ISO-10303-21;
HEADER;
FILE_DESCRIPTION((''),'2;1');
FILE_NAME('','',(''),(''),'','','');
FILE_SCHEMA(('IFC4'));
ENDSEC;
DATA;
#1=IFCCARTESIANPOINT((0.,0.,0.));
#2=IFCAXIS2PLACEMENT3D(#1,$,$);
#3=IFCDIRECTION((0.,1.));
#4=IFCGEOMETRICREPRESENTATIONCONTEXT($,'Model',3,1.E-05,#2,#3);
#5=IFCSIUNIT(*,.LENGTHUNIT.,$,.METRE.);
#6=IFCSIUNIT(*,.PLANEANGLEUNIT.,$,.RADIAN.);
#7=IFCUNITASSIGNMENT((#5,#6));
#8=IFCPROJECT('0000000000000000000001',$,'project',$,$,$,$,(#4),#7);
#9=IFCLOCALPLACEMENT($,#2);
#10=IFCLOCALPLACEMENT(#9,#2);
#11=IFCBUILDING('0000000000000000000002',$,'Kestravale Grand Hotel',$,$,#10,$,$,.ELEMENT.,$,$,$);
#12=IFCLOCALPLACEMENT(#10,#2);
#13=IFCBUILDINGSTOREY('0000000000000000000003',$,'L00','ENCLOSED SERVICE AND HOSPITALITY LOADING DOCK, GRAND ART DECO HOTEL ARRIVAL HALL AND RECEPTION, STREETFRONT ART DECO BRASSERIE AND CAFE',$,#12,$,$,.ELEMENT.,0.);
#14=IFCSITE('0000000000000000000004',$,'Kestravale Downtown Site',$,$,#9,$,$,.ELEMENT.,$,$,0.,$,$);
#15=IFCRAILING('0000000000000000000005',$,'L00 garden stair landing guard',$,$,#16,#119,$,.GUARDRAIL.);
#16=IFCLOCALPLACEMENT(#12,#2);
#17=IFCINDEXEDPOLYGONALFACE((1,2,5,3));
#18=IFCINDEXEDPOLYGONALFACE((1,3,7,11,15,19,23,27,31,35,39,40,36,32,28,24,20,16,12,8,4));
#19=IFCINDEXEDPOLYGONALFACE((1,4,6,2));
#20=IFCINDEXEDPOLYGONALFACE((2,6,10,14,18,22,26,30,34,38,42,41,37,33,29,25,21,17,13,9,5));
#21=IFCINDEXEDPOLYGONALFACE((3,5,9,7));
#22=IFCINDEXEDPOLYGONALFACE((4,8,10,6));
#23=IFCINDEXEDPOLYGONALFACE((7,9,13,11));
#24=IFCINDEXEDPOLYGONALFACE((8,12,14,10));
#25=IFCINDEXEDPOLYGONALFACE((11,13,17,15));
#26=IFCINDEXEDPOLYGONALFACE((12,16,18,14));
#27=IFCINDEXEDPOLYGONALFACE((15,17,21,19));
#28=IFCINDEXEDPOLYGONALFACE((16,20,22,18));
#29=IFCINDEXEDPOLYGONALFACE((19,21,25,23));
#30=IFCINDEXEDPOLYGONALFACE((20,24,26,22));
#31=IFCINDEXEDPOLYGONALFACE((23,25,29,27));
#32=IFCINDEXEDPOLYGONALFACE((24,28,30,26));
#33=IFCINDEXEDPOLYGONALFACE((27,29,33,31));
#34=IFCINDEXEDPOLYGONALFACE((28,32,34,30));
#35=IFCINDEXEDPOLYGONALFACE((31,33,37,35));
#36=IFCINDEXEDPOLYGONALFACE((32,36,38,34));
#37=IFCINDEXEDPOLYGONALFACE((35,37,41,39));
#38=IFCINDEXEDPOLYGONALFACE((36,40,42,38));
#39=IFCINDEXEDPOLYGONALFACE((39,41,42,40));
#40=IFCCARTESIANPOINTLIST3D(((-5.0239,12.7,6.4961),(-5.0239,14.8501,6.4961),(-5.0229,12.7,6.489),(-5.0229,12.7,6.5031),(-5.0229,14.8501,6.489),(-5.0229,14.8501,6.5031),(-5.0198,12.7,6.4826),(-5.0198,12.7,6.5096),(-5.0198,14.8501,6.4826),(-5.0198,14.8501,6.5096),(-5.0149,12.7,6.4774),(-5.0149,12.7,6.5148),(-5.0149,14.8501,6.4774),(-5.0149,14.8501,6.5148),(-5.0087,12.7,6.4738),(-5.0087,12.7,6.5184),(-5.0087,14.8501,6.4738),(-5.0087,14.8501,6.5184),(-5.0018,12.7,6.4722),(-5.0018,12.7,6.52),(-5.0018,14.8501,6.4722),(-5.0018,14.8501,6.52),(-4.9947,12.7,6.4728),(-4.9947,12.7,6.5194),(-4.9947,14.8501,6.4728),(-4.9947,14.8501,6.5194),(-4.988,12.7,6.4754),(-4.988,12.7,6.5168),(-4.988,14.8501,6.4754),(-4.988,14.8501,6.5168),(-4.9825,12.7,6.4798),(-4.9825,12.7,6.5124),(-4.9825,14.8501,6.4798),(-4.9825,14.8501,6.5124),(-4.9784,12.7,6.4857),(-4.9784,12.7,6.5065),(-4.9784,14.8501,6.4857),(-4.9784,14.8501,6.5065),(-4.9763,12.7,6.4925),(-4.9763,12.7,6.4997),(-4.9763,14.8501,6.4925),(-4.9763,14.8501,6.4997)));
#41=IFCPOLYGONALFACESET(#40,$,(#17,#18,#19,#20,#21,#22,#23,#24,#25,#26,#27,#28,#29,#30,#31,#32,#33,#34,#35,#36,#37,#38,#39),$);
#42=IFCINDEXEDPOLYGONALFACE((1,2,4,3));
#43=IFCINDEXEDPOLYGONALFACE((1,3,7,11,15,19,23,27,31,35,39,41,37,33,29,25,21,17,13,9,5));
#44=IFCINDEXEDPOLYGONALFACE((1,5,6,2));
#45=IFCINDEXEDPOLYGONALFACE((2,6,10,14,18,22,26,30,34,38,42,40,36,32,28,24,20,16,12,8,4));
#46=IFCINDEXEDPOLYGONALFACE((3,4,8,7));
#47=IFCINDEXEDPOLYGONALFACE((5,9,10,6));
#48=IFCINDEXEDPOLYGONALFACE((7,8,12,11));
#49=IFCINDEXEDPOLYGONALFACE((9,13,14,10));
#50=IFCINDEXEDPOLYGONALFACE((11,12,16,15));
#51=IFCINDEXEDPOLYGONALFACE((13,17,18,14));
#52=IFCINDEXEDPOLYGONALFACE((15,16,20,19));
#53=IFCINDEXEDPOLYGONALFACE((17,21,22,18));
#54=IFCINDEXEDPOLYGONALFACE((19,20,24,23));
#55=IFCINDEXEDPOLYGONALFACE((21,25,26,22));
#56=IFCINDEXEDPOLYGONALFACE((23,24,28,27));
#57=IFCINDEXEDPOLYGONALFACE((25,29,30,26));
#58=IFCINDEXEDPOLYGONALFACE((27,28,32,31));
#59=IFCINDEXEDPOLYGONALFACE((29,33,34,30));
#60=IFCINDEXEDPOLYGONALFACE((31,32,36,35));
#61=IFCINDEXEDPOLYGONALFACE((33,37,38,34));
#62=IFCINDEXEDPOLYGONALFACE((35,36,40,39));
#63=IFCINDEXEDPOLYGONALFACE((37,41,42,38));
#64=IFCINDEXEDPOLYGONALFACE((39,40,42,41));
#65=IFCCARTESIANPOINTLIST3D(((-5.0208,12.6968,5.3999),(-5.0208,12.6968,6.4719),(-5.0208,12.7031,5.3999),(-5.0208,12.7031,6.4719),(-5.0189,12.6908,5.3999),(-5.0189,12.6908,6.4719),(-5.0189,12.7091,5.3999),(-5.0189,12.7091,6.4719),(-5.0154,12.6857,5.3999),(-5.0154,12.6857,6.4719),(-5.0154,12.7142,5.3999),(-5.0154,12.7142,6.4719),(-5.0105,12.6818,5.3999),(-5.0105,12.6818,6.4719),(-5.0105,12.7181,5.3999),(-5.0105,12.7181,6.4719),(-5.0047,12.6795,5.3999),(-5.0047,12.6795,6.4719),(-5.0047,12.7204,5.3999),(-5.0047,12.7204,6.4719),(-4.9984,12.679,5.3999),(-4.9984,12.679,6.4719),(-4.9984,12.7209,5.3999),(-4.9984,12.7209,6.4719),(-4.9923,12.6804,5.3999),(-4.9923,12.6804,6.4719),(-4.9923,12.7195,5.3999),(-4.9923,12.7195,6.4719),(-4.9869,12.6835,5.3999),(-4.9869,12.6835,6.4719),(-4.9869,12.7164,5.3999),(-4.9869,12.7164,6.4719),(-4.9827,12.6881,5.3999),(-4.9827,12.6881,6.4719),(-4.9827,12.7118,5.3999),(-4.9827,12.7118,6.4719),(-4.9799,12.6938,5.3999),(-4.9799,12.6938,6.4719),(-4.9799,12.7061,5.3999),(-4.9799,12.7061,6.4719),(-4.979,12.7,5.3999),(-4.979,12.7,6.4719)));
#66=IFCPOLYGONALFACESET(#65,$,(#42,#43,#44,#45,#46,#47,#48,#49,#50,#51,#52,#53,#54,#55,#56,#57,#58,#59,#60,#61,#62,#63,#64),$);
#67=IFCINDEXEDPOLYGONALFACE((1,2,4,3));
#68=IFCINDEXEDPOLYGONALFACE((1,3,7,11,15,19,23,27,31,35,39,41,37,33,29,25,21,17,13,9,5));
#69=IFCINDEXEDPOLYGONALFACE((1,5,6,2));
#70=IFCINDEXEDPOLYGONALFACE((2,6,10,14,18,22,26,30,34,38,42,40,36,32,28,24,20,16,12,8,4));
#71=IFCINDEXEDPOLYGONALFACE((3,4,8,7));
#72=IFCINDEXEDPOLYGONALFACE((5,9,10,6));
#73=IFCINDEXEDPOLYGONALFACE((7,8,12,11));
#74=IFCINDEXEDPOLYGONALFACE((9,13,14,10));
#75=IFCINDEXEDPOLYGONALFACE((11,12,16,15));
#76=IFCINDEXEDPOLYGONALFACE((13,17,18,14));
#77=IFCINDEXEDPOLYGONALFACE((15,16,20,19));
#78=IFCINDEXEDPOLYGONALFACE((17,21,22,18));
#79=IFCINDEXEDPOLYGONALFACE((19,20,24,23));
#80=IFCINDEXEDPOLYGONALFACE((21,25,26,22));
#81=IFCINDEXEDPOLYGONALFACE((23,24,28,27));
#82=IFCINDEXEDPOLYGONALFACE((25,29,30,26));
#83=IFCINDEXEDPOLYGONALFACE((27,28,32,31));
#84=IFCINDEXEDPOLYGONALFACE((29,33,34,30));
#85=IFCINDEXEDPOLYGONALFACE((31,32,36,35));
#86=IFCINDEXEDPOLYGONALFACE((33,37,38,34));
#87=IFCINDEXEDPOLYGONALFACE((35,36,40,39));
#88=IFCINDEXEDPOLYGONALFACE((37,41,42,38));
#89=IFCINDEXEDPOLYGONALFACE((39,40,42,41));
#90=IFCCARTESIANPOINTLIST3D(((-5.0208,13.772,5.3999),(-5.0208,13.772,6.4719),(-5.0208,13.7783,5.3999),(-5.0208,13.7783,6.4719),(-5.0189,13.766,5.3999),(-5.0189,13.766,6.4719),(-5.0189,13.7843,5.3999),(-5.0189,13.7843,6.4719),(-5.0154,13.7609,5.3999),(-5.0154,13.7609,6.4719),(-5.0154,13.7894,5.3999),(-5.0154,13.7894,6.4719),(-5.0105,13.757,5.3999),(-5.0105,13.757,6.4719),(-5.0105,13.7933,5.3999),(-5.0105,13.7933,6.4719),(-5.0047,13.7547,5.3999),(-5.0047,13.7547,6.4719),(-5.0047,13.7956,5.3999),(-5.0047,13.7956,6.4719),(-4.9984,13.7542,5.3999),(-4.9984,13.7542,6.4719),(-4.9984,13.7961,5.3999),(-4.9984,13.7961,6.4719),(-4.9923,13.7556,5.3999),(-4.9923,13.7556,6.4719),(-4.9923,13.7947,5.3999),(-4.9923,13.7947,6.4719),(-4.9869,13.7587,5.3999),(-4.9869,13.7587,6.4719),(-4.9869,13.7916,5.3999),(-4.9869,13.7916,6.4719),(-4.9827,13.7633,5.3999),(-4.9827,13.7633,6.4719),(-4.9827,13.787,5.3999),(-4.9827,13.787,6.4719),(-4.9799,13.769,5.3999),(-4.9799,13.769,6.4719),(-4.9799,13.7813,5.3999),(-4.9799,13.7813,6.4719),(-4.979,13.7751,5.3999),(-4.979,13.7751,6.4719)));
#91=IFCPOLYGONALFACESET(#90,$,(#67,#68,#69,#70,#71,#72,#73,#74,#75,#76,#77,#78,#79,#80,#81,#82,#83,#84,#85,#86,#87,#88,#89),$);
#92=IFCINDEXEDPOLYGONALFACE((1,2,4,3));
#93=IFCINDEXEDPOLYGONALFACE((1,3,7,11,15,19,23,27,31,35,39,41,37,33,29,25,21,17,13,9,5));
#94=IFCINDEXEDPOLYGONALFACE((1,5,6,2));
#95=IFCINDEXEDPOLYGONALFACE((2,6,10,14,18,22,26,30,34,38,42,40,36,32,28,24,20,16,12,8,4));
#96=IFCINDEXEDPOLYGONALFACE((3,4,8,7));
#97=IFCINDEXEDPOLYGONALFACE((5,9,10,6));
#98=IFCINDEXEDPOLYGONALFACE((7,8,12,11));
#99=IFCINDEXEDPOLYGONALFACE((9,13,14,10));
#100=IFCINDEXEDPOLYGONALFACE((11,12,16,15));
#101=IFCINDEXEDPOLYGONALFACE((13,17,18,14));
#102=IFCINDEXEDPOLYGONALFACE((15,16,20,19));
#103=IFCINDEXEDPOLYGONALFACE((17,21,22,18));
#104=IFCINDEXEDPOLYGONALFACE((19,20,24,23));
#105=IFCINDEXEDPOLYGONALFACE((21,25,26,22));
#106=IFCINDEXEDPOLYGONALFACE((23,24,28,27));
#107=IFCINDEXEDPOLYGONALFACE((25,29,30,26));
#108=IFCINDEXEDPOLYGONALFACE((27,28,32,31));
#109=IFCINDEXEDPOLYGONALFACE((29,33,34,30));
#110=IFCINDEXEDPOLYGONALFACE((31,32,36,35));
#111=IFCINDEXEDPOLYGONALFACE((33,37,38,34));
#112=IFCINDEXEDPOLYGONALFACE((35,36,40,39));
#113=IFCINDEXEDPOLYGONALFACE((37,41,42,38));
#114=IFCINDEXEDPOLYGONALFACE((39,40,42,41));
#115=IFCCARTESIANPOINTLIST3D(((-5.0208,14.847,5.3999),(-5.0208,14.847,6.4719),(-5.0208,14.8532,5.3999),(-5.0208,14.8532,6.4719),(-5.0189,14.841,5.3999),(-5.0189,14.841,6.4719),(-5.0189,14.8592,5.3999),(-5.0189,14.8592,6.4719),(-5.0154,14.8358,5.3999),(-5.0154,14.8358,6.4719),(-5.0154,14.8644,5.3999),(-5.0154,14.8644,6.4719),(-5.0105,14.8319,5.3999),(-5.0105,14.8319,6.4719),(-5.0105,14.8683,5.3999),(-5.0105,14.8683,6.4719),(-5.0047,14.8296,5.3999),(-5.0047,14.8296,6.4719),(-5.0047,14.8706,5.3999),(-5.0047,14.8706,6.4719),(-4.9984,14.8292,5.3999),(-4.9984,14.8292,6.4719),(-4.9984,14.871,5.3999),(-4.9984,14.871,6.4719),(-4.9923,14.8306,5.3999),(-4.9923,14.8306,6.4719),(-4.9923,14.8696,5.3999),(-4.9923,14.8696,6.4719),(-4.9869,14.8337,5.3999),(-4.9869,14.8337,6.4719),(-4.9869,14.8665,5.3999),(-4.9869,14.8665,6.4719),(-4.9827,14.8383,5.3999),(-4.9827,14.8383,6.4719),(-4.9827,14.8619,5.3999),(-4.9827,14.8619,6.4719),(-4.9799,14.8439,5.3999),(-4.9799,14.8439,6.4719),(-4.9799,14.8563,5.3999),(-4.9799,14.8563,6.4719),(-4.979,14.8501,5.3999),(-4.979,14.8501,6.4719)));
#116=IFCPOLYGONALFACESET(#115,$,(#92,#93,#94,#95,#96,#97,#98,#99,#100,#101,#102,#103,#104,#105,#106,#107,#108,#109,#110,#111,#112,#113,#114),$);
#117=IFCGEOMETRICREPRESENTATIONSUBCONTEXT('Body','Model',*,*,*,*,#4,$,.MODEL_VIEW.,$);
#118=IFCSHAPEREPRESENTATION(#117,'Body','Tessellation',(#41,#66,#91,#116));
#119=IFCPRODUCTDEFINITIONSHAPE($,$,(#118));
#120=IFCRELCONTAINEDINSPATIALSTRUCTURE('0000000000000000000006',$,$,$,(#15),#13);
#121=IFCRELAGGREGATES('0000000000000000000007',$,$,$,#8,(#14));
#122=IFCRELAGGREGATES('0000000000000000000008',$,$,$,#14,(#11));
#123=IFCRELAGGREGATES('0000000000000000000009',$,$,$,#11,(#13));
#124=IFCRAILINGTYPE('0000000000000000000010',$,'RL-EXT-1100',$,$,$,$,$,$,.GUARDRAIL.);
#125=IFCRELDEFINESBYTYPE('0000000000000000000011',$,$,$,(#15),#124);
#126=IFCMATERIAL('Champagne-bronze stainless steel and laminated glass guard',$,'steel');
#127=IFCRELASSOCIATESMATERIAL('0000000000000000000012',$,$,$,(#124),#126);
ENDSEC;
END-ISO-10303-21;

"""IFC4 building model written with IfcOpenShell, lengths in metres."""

from ifc_helpers import new_model, si_unit, direction, frame, origin, origin_2d, place, context, subcontext, project, spatial, circle, extrude, material, type_object, element, save


model = new_model("IFC4")

# Units and contexts
model_context = context("Model", 3, precision=1e-05, world=origin(), true_north=direction((0.0, 1.0)))
body_context = subcontext(model_context, "Body", "Model", "MODEL_VIEW")
ifc_project = project(units=[si_unit("LENGTHUNIT", "METRE"), si_unit("PLANEANGLEUNIT", "RADIAN")], contexts=[model_context])

# Site, building, storey
site_placement = place(None, origin())
site = spatial("IfcSite", under=ifc_project, at=site_placement, Name="Kestravale Downtown Site", CompositionType="ELEMENT", RefElevation=0.0)
building_placement = place(site_placement, origin())
building = spatial("IfcBuilding", under=site, at=building_placement, Name="Kestravale Grand Hotel", CompositionType="ELEMENT")
storey_placement = place(building_placement, origin())
storey = spatial("IfcBuildingStorey", under=building, at=storey_placement, Name="L00", Description="ENCLOSED SERVICE AND HOSPITALITY LOADING DOCK, GRAND ART DECO HOTEL ARRIVAL HALL AND RECEPTION, STREETFRONT ART DECO BRASSERIE AND CAFE", CompositionType="ELEMENT", Elevation=0.0)

# Railing
ifc_material_1 = material(Name="Champagne-bronze stainless steel and laminated glass guard", Category="steel")
railing_type = type_object("IfcRailingType", Name="RL-EXT-1100", PredefinedType="GUARDRAIL", material=ifc_material_1)
railing_placement = place(storey_placement, frame((-5.0, 12.7, 5.3999)))
element("IfcRailing", 1, at=railing_placement, inside=storey, type_object=railing_type, Name="L00 garden stair landing guard", PredefinedType="GUARDRAIL", context=body_context, shape_type="SweptSolid", body=[
    extrude(circle(Radius=0.0239, at=origin_2d()), frame((0.0, 0.0, 1.0962), z_axis=(0.0, 1.0, 0.0), x_axis=(-1.0, 0.0, 0.0)), (0.0, 0.0, 1.0), 2.1501),
    extrude(circle(Radius=0.021, at=origin_2d()), origin(), (0.0, 0.0, 1.0), 1.072),
    extrude(circle(Radius=0.021, at=origin_2d()), frame((0.0, 1.0752, 0.0)), (0.0, 0.0, 1.0), 1.072),
    extrude(circle(Radius=0.021, at=origin_2d()), frame((0.0, 2.1501, 0.0)), (0.0, 0.0, 1.0), 1.072),
])

save(model, "model.ifc")
